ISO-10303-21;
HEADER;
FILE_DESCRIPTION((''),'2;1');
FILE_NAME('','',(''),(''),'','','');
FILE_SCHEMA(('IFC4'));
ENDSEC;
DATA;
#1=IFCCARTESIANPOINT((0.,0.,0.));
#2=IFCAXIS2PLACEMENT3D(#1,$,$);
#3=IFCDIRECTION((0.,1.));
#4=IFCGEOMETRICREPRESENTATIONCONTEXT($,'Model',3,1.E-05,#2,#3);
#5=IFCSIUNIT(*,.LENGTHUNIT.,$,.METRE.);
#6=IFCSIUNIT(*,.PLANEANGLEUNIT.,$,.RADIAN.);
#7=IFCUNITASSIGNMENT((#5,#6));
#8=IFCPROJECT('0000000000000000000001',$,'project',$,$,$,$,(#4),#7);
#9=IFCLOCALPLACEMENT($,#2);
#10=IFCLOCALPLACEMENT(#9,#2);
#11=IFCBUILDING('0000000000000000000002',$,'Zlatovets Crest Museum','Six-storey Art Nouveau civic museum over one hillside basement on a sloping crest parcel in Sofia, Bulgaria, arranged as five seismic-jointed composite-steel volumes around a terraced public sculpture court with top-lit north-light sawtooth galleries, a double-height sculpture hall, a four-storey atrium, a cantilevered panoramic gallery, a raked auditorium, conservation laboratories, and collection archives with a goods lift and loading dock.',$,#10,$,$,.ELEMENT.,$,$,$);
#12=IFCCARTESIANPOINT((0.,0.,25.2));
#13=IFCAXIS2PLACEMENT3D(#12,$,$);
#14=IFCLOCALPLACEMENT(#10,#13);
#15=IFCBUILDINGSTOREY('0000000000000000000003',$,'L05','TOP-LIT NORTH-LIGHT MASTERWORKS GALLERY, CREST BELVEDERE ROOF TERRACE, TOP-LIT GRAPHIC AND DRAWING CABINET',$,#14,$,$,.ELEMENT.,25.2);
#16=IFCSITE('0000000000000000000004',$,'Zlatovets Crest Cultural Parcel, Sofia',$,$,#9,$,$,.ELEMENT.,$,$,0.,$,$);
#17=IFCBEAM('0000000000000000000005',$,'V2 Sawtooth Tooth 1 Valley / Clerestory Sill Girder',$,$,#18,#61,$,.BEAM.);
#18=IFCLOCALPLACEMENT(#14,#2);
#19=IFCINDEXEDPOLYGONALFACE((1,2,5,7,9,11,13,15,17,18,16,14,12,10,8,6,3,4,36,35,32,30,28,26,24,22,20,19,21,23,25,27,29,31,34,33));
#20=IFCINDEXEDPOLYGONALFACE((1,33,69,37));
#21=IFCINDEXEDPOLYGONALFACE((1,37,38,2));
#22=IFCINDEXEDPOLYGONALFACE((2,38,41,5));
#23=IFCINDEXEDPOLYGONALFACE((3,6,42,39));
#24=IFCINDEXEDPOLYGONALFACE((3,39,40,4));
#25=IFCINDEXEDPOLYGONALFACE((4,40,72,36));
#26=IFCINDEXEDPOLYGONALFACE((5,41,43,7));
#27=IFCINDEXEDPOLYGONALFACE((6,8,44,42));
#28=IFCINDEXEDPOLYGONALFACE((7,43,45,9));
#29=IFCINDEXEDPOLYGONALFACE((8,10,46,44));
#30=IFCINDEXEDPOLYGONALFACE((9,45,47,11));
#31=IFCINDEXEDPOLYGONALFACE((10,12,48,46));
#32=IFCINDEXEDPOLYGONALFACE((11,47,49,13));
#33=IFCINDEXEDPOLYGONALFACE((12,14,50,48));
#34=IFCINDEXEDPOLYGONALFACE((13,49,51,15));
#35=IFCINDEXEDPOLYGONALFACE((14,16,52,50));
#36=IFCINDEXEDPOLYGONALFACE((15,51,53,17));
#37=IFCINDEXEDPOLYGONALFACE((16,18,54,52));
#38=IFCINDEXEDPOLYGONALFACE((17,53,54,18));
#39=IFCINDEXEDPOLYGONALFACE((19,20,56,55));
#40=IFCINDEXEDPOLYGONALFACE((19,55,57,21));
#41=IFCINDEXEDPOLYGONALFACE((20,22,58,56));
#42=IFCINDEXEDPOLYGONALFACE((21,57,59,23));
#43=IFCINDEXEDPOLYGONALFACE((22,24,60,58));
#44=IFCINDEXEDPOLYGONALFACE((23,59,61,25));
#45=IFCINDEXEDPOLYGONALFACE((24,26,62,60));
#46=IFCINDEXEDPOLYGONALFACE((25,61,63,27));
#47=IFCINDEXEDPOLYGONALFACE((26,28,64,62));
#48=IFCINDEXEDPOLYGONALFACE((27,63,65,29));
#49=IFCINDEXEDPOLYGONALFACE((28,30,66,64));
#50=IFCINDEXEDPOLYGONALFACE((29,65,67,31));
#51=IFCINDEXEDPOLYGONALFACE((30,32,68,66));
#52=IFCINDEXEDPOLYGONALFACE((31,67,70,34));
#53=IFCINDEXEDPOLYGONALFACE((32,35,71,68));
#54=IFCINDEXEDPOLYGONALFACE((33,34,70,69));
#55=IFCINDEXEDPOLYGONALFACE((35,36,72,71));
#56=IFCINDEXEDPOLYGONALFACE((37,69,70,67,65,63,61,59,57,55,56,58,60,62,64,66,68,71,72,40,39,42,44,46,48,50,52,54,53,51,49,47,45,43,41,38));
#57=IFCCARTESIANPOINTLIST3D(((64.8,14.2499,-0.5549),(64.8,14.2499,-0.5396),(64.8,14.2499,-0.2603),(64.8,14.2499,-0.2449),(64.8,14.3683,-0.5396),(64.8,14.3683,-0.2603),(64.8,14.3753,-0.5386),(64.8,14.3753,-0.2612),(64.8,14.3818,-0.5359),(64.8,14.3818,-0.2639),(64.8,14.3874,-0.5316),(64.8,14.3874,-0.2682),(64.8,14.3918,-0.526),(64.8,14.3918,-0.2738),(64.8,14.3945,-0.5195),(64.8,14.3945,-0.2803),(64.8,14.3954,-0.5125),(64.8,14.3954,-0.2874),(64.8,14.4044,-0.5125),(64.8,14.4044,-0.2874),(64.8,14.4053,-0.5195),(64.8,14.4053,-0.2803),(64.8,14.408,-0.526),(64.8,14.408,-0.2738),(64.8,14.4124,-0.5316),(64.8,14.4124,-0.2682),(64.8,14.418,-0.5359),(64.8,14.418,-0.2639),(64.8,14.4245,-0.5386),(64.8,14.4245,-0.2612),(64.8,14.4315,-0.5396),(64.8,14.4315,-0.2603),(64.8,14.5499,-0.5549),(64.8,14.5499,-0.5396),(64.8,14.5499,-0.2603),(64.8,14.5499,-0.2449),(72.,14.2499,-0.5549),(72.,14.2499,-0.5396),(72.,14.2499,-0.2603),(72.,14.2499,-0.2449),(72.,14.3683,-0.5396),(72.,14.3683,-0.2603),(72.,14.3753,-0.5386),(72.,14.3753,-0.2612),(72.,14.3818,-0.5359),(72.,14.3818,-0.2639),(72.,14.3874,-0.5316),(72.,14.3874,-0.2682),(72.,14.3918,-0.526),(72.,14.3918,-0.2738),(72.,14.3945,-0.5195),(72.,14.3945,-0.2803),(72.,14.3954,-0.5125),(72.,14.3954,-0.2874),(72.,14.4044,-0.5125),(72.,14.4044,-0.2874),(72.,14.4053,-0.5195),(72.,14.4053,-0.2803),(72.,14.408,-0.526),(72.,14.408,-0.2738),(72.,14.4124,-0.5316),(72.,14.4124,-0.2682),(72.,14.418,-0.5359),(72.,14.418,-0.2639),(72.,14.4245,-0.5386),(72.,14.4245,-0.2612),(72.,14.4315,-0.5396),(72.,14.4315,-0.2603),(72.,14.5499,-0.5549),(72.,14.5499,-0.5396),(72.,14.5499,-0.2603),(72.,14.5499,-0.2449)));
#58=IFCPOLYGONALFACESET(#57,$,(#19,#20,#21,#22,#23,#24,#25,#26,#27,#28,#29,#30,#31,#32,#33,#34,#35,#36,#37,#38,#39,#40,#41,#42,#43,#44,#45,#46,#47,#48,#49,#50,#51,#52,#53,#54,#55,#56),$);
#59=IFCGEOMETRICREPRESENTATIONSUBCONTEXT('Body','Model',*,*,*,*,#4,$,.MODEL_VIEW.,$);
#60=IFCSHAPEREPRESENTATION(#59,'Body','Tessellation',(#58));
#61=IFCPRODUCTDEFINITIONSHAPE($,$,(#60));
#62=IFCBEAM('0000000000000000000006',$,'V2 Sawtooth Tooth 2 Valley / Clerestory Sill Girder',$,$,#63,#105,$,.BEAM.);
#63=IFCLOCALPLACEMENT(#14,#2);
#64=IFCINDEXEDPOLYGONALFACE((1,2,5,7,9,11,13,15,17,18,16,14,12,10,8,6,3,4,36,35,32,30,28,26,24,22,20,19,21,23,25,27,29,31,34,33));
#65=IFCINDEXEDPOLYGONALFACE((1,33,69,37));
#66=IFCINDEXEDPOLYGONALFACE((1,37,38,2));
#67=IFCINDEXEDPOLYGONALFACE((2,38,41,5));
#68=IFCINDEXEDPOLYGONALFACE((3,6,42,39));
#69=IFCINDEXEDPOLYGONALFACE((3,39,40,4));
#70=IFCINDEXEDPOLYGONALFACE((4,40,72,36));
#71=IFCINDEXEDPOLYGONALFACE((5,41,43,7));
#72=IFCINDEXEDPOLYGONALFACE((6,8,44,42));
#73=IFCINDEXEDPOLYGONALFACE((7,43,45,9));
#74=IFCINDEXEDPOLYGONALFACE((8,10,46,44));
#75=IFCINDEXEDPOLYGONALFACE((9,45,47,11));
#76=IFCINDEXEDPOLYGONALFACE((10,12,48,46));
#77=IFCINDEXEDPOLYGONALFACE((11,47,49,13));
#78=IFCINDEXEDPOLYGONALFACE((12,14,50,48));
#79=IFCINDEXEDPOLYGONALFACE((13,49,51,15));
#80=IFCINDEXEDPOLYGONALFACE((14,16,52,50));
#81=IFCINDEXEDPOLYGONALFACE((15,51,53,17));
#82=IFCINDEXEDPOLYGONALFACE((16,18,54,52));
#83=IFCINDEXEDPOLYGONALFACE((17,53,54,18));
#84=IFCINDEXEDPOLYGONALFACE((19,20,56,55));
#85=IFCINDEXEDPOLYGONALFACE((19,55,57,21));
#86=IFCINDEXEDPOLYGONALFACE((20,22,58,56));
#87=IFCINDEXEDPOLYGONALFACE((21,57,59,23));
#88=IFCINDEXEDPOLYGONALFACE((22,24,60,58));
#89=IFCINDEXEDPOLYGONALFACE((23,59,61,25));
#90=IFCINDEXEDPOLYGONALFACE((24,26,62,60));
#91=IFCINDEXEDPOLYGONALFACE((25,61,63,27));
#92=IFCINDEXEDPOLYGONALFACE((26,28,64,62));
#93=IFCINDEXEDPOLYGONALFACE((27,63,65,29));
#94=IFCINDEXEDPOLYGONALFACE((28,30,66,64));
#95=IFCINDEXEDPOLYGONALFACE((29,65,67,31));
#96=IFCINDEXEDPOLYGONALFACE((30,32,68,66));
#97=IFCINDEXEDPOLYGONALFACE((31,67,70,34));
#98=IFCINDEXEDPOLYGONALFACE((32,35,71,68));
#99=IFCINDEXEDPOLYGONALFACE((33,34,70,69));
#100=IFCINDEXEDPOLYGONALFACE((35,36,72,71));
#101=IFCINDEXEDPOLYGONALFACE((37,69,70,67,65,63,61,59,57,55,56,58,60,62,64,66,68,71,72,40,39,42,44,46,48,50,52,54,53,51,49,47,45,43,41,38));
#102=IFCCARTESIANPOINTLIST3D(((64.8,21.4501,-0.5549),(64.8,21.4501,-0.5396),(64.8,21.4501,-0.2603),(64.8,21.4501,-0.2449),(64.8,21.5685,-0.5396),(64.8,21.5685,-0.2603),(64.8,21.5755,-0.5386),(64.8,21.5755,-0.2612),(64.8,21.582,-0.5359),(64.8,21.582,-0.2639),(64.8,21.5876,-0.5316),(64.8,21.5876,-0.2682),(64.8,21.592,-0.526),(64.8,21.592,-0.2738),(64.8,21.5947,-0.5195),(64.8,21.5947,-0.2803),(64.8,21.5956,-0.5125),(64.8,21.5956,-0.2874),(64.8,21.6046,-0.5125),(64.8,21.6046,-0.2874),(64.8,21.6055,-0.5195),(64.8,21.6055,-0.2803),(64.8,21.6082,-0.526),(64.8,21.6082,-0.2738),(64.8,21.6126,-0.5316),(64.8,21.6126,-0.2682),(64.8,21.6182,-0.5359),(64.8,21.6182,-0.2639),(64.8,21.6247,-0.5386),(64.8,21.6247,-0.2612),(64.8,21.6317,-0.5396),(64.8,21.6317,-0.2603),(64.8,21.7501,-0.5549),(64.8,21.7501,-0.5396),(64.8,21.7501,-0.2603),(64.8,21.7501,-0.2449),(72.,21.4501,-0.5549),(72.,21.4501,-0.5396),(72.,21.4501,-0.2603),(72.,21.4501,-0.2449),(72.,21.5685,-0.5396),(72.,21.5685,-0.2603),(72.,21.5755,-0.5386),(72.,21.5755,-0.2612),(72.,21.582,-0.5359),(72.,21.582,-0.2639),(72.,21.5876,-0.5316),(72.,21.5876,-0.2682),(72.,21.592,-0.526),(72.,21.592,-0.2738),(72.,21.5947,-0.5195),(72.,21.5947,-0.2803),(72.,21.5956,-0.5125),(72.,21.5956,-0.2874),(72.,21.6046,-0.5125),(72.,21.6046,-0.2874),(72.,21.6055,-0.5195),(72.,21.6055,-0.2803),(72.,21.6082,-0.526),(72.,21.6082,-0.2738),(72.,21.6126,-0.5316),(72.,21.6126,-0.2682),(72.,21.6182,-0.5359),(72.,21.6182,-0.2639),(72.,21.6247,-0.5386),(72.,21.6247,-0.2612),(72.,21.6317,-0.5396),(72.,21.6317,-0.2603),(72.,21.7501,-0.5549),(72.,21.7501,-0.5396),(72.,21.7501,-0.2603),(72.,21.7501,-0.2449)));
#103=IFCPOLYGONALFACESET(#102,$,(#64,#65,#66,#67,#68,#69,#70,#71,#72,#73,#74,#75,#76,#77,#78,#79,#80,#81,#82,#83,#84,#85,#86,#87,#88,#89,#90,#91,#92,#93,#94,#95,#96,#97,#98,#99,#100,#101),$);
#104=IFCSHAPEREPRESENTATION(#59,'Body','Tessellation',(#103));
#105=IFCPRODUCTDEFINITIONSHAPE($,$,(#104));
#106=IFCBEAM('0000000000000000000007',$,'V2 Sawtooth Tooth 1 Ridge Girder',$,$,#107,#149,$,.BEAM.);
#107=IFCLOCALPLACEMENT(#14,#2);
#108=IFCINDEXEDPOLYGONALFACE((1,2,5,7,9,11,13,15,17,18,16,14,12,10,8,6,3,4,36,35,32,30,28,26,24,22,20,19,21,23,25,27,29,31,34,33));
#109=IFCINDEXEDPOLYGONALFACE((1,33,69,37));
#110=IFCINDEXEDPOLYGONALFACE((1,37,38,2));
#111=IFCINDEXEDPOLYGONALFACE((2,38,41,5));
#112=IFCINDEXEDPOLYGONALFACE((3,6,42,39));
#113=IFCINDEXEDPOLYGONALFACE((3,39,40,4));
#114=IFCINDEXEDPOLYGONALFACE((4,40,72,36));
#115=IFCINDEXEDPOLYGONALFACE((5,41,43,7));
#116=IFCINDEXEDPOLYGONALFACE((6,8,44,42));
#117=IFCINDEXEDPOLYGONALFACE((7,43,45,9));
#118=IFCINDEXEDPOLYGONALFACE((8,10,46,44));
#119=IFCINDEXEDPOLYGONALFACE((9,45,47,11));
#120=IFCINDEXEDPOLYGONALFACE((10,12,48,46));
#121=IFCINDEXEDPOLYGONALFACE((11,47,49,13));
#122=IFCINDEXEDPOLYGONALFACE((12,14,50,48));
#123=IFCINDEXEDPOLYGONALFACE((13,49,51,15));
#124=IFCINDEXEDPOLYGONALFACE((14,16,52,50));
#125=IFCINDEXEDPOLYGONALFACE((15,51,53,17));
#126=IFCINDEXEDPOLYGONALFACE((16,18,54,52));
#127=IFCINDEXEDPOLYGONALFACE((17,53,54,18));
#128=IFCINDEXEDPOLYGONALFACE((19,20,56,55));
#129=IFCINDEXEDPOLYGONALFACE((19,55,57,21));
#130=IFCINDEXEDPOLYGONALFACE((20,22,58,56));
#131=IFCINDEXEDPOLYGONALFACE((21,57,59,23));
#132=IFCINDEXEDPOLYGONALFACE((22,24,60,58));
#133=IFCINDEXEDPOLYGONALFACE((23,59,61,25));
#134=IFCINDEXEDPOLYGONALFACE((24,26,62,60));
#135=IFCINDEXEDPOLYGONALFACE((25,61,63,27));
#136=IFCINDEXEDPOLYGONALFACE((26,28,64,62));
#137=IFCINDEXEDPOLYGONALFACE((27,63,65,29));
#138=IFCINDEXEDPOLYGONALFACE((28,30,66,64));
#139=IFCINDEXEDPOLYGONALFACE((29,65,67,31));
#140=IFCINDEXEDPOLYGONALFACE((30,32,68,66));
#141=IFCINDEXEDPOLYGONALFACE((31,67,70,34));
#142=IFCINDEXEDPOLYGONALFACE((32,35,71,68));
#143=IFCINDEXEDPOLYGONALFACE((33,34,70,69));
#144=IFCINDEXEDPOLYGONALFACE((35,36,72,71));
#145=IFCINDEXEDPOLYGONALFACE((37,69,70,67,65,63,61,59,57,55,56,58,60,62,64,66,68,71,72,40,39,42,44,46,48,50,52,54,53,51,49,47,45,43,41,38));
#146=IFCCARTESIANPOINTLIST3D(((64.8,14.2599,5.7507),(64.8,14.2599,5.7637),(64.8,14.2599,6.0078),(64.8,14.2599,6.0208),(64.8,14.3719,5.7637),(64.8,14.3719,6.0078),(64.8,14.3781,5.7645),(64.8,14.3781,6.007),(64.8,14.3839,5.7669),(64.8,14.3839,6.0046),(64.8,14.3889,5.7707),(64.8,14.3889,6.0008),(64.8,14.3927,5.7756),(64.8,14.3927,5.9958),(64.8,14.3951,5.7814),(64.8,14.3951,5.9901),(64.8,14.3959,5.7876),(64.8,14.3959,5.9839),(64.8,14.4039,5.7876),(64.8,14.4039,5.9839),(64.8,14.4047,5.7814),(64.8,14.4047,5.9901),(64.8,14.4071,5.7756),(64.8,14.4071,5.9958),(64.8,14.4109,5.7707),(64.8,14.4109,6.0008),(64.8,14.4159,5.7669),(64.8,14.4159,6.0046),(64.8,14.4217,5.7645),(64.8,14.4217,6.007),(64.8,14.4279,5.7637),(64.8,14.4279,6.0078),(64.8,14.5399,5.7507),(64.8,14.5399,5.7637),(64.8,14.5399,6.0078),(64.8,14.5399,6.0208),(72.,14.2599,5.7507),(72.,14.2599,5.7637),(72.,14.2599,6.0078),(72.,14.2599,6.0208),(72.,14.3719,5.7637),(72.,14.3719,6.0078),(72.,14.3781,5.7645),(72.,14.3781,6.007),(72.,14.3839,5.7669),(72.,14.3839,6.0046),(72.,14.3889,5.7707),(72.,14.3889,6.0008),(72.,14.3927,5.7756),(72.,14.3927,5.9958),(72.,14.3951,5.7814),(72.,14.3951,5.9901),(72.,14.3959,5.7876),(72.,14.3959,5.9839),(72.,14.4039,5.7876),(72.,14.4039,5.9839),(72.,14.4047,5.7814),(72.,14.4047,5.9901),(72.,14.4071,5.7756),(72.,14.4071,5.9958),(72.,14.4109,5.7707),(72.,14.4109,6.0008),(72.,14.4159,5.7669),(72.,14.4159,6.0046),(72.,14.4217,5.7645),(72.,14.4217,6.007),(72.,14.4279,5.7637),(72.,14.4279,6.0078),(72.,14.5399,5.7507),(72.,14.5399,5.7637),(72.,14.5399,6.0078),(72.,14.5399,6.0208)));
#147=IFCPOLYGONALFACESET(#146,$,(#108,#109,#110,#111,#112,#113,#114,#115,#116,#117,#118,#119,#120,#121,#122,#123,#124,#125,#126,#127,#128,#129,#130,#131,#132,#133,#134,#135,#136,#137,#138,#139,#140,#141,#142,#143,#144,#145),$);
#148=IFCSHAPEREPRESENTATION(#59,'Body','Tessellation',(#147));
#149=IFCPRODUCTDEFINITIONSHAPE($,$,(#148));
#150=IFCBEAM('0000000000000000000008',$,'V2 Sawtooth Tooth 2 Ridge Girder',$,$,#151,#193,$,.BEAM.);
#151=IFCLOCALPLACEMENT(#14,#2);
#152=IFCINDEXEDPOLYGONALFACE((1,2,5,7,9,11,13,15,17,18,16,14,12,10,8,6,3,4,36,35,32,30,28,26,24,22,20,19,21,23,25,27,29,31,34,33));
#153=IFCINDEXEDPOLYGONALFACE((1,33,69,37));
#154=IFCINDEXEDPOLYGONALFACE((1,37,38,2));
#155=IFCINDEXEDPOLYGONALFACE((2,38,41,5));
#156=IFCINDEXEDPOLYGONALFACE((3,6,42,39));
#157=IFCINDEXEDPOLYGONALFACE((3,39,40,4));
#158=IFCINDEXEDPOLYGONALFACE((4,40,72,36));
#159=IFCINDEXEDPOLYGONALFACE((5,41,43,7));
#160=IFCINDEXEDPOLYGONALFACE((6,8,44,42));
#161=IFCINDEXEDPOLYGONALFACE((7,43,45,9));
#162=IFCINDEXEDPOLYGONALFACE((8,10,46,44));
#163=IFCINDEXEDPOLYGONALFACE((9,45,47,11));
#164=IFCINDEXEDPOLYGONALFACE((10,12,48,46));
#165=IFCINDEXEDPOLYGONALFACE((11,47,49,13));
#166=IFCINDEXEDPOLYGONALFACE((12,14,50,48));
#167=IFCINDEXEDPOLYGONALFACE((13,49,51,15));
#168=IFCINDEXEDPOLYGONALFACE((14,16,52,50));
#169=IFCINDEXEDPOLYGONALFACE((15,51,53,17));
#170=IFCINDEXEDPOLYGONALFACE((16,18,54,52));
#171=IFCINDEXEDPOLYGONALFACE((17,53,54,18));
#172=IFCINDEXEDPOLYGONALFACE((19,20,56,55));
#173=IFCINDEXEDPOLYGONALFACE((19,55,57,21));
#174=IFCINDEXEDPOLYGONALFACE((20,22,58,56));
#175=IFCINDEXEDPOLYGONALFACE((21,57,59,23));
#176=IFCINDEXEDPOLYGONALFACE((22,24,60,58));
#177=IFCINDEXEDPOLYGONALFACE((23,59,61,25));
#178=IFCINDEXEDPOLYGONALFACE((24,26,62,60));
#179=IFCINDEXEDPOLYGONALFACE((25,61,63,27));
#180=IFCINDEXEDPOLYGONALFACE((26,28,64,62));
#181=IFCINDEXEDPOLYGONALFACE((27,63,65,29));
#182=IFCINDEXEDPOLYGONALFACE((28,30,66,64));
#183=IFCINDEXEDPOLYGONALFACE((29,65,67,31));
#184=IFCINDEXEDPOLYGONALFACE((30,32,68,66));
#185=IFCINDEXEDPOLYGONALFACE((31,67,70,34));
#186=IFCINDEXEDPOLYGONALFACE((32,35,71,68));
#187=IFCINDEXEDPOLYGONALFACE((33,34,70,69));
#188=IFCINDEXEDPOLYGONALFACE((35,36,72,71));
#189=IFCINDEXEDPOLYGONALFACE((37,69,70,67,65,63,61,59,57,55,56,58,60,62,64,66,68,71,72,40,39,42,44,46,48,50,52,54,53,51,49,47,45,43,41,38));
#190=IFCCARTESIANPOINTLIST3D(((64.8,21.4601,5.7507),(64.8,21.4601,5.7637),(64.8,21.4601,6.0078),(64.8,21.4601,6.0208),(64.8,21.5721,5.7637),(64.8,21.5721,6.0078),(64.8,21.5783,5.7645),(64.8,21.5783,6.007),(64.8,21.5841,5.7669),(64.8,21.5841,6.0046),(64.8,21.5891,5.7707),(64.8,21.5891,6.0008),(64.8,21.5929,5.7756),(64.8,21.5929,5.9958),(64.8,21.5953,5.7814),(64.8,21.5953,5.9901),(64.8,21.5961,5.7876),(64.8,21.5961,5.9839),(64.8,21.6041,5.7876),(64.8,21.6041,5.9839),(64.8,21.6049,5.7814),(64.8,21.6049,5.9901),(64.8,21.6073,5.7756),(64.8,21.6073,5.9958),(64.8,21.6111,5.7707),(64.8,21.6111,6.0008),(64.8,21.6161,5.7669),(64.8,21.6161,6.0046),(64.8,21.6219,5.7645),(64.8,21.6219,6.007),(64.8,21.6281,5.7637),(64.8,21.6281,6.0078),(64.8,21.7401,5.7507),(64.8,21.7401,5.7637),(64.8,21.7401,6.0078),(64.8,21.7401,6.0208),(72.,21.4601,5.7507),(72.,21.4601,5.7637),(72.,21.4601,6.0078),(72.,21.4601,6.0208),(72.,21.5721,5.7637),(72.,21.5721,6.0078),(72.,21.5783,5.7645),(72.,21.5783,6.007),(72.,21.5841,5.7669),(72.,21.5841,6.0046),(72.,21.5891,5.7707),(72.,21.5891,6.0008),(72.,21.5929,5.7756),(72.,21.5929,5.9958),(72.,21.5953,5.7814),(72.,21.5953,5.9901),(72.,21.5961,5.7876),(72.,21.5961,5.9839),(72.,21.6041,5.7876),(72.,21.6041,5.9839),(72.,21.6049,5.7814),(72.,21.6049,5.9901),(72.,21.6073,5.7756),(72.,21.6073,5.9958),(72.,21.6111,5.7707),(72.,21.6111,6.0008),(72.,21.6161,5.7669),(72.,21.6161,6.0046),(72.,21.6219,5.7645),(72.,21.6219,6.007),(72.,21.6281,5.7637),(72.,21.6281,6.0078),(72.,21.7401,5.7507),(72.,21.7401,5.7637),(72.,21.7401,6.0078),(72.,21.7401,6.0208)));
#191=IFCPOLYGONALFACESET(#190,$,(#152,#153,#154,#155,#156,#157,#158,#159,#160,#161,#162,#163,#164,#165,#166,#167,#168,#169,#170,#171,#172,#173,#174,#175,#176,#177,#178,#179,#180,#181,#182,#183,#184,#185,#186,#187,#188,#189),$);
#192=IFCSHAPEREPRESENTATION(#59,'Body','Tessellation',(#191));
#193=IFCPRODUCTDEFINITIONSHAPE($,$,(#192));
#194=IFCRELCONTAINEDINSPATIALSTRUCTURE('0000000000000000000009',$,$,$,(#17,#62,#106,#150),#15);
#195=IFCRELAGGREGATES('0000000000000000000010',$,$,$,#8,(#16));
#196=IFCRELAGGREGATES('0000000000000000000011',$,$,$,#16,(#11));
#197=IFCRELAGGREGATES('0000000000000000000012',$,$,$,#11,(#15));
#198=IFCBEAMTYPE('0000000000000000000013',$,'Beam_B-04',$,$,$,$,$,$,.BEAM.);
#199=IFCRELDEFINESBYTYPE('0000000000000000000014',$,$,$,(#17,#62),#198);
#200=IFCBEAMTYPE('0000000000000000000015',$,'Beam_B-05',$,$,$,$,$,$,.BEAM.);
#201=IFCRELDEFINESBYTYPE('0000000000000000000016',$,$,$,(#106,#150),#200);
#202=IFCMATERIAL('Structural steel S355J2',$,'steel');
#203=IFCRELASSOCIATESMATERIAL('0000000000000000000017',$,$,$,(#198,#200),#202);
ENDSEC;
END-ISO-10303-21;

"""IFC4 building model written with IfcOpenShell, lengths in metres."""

from ifc_helpers import new_model, si_unit, direction, frame, origin, origin_2d, place, context, subcontext, project, spatial, i_section, extrude, material, material_profile, profile_set, type_object, element, save


model = new_model("IFC4")

# Units and contexts
model_context = context("Model", 3, precision=1e-05, world=origin(), true_north=direction((0.0, 1.0)))
body_context = subcontext(model_context, "Body", "Model", "MODEL_VIEW")
ifc_project = project(units=[si_unit("LENGTHUNIT", "METRE"), si_unit("PLANEANGLEUNIT", "RADIAN")], contexts=[model_context])

# Site, building, storey
site_placement = place(None, origin())
site = spatial("IfcSite", under=ifc_project, at=site_placement, Name="Zlatovets Crest Cultural Parcel, Sofia", CompositionType="ELEMENT", RefElevation=0.0)
building_placement = place(site_placement, origin())
building = spatial("IfcBuilding", under=site, at=building_placement, Name="Zlatovets Crest Museum", Description="Six-storey Art Nouveau civic museum over one hillside basement on a sloping crest parcel in Sofia, Bulgaria, arranged as five seismic-jointed composite-steel volumes around a terraced public sculpture court with top-lit north-light sawtooth galleries, a double-height sculpture hall, a four-storey atrium, a cantilevered panoramic gallery, a raked auditorium, conservation laboratories, and collection archives with a goods lift and loading dock.", CompositionType="ELEMENT")
storey_placement = place(building_placement, frame((0.0, 0.0, 25.2)))
storey = spatial("IfcBuildingStorey", under=building, at=storey_placement, Name="L05", Description="TOP-LIT NORTH-LIGHT MASTERWORKS GALLERY, CREST BELVEDERE ROOF TERRACE, TOP-LIT GRAPHIC AND DRAWING CABINET", CompositionType="ELEMENT", Elevation=25.2)

# Beams
ifc_material_1 = material(Name="Structural steel S355J2", Category="steel")
ifc_material_profile_1 = material_profile(ifc_material_1, i_section(OverallWidth=0.3, OverallDepth=0.3101, WebThickness=0.009, FlangeThickness=0.0154, FilletRadius=0.0271, at=origin_2d()), Name="HEA 320")
ifc_profile_set_1 = profile_set([ifc_material_profile_1], Name="Structural steel S355J2")
beam_type_1 = type_object("IfcBeamType", Name="Beam_B-04", PredefinedType="BEAM", material=ifc_profile_set_1)
for number, where, z_axis, x_axis, name in (
    (1, (64.8, 14.3999, -0.3999), (1.0, 0.0, 0.0), (0.0, 1.0, 0.0), "V2 Sawtooth Tooth 1 Valley / Clerestory Sill Girder"),
    (2, (64.8, 21.6001, -0.3999), (1.0, 0.0, 0.0), (0.0, 1.0, 0.0), "V2 Sawtooth Tooth 2 Valley / Clerestory Sill Girder"),
):
    element("IfcBeam", number, at=place(storey_placement, frame(where, z_axis=z_axis, x_axis=x_axis)), inside=storey, type_object=beam_type_1, Name=name, PredefinedType="BEAM", context=body_context, shape_type="SweptSolid", body=[
        extrude(i_section(OverallWidth=0.3, OverallDepth=0.3101, WebThickness=0.009, FlangeThickness=0.0154, FilletRadius=0.0271, at=origin_2d()), origin(), (0.0, 0.0, 1.0), 7.2),
    ])
ifc_material_profile_2 = material_profile(ifc_material_1, i_section(OverallWidth=0.28, OverallDepth=0.27, WebThickness=0.0081, FlangeThickness=0.0129, FilletRadius=0.0239, at=origin_2d()), Name="HEA 280")
ifc_profile_set_2 = profile_set([ifc_material_profile_2], Name="Structural steel S355J2")
beam_type_2 = type_object("IfcBeamType", Name="Beam_B-05", PredefinedType="BEAM", material=ifc_profile_set_2)
for number, where, z_axis, x_axis, name in (
    (3, (64.8, 14.3999, 5.8857), (1.0, 0.0, 0.0), (0.0, 1.0, 0.0), "V2 Sawtooth Tooth 1 Ridge Girder"),
    (4, (64.8, 21.6001, 5.8857), (1.0, 0.0, 0.0), (0.0, 1.0, 0.0), "V2 Sawtooth Tooth 2 Ridge Girder"),
):
    element("IfcBeam", number, at=place(storey_placement, frame(where, z_axis=z_axis, x_axis=x_axis)), inside=storey, type_object=beam_type_2, Name=name, PredefinedType="BEAM", context=body_context, shape_type="SweptSolid", body=[
        extrude(i_section(OverallWidth=0.28, OverallDepth=0.27, WebThickness=0.0081, FlangeThickness=0.0129, FilletRadius=0.0239, at=origin_2d()), origin(), (0.0, 0.0, 1.0), 7.2),
    ])

save(model, "model.ifc")
